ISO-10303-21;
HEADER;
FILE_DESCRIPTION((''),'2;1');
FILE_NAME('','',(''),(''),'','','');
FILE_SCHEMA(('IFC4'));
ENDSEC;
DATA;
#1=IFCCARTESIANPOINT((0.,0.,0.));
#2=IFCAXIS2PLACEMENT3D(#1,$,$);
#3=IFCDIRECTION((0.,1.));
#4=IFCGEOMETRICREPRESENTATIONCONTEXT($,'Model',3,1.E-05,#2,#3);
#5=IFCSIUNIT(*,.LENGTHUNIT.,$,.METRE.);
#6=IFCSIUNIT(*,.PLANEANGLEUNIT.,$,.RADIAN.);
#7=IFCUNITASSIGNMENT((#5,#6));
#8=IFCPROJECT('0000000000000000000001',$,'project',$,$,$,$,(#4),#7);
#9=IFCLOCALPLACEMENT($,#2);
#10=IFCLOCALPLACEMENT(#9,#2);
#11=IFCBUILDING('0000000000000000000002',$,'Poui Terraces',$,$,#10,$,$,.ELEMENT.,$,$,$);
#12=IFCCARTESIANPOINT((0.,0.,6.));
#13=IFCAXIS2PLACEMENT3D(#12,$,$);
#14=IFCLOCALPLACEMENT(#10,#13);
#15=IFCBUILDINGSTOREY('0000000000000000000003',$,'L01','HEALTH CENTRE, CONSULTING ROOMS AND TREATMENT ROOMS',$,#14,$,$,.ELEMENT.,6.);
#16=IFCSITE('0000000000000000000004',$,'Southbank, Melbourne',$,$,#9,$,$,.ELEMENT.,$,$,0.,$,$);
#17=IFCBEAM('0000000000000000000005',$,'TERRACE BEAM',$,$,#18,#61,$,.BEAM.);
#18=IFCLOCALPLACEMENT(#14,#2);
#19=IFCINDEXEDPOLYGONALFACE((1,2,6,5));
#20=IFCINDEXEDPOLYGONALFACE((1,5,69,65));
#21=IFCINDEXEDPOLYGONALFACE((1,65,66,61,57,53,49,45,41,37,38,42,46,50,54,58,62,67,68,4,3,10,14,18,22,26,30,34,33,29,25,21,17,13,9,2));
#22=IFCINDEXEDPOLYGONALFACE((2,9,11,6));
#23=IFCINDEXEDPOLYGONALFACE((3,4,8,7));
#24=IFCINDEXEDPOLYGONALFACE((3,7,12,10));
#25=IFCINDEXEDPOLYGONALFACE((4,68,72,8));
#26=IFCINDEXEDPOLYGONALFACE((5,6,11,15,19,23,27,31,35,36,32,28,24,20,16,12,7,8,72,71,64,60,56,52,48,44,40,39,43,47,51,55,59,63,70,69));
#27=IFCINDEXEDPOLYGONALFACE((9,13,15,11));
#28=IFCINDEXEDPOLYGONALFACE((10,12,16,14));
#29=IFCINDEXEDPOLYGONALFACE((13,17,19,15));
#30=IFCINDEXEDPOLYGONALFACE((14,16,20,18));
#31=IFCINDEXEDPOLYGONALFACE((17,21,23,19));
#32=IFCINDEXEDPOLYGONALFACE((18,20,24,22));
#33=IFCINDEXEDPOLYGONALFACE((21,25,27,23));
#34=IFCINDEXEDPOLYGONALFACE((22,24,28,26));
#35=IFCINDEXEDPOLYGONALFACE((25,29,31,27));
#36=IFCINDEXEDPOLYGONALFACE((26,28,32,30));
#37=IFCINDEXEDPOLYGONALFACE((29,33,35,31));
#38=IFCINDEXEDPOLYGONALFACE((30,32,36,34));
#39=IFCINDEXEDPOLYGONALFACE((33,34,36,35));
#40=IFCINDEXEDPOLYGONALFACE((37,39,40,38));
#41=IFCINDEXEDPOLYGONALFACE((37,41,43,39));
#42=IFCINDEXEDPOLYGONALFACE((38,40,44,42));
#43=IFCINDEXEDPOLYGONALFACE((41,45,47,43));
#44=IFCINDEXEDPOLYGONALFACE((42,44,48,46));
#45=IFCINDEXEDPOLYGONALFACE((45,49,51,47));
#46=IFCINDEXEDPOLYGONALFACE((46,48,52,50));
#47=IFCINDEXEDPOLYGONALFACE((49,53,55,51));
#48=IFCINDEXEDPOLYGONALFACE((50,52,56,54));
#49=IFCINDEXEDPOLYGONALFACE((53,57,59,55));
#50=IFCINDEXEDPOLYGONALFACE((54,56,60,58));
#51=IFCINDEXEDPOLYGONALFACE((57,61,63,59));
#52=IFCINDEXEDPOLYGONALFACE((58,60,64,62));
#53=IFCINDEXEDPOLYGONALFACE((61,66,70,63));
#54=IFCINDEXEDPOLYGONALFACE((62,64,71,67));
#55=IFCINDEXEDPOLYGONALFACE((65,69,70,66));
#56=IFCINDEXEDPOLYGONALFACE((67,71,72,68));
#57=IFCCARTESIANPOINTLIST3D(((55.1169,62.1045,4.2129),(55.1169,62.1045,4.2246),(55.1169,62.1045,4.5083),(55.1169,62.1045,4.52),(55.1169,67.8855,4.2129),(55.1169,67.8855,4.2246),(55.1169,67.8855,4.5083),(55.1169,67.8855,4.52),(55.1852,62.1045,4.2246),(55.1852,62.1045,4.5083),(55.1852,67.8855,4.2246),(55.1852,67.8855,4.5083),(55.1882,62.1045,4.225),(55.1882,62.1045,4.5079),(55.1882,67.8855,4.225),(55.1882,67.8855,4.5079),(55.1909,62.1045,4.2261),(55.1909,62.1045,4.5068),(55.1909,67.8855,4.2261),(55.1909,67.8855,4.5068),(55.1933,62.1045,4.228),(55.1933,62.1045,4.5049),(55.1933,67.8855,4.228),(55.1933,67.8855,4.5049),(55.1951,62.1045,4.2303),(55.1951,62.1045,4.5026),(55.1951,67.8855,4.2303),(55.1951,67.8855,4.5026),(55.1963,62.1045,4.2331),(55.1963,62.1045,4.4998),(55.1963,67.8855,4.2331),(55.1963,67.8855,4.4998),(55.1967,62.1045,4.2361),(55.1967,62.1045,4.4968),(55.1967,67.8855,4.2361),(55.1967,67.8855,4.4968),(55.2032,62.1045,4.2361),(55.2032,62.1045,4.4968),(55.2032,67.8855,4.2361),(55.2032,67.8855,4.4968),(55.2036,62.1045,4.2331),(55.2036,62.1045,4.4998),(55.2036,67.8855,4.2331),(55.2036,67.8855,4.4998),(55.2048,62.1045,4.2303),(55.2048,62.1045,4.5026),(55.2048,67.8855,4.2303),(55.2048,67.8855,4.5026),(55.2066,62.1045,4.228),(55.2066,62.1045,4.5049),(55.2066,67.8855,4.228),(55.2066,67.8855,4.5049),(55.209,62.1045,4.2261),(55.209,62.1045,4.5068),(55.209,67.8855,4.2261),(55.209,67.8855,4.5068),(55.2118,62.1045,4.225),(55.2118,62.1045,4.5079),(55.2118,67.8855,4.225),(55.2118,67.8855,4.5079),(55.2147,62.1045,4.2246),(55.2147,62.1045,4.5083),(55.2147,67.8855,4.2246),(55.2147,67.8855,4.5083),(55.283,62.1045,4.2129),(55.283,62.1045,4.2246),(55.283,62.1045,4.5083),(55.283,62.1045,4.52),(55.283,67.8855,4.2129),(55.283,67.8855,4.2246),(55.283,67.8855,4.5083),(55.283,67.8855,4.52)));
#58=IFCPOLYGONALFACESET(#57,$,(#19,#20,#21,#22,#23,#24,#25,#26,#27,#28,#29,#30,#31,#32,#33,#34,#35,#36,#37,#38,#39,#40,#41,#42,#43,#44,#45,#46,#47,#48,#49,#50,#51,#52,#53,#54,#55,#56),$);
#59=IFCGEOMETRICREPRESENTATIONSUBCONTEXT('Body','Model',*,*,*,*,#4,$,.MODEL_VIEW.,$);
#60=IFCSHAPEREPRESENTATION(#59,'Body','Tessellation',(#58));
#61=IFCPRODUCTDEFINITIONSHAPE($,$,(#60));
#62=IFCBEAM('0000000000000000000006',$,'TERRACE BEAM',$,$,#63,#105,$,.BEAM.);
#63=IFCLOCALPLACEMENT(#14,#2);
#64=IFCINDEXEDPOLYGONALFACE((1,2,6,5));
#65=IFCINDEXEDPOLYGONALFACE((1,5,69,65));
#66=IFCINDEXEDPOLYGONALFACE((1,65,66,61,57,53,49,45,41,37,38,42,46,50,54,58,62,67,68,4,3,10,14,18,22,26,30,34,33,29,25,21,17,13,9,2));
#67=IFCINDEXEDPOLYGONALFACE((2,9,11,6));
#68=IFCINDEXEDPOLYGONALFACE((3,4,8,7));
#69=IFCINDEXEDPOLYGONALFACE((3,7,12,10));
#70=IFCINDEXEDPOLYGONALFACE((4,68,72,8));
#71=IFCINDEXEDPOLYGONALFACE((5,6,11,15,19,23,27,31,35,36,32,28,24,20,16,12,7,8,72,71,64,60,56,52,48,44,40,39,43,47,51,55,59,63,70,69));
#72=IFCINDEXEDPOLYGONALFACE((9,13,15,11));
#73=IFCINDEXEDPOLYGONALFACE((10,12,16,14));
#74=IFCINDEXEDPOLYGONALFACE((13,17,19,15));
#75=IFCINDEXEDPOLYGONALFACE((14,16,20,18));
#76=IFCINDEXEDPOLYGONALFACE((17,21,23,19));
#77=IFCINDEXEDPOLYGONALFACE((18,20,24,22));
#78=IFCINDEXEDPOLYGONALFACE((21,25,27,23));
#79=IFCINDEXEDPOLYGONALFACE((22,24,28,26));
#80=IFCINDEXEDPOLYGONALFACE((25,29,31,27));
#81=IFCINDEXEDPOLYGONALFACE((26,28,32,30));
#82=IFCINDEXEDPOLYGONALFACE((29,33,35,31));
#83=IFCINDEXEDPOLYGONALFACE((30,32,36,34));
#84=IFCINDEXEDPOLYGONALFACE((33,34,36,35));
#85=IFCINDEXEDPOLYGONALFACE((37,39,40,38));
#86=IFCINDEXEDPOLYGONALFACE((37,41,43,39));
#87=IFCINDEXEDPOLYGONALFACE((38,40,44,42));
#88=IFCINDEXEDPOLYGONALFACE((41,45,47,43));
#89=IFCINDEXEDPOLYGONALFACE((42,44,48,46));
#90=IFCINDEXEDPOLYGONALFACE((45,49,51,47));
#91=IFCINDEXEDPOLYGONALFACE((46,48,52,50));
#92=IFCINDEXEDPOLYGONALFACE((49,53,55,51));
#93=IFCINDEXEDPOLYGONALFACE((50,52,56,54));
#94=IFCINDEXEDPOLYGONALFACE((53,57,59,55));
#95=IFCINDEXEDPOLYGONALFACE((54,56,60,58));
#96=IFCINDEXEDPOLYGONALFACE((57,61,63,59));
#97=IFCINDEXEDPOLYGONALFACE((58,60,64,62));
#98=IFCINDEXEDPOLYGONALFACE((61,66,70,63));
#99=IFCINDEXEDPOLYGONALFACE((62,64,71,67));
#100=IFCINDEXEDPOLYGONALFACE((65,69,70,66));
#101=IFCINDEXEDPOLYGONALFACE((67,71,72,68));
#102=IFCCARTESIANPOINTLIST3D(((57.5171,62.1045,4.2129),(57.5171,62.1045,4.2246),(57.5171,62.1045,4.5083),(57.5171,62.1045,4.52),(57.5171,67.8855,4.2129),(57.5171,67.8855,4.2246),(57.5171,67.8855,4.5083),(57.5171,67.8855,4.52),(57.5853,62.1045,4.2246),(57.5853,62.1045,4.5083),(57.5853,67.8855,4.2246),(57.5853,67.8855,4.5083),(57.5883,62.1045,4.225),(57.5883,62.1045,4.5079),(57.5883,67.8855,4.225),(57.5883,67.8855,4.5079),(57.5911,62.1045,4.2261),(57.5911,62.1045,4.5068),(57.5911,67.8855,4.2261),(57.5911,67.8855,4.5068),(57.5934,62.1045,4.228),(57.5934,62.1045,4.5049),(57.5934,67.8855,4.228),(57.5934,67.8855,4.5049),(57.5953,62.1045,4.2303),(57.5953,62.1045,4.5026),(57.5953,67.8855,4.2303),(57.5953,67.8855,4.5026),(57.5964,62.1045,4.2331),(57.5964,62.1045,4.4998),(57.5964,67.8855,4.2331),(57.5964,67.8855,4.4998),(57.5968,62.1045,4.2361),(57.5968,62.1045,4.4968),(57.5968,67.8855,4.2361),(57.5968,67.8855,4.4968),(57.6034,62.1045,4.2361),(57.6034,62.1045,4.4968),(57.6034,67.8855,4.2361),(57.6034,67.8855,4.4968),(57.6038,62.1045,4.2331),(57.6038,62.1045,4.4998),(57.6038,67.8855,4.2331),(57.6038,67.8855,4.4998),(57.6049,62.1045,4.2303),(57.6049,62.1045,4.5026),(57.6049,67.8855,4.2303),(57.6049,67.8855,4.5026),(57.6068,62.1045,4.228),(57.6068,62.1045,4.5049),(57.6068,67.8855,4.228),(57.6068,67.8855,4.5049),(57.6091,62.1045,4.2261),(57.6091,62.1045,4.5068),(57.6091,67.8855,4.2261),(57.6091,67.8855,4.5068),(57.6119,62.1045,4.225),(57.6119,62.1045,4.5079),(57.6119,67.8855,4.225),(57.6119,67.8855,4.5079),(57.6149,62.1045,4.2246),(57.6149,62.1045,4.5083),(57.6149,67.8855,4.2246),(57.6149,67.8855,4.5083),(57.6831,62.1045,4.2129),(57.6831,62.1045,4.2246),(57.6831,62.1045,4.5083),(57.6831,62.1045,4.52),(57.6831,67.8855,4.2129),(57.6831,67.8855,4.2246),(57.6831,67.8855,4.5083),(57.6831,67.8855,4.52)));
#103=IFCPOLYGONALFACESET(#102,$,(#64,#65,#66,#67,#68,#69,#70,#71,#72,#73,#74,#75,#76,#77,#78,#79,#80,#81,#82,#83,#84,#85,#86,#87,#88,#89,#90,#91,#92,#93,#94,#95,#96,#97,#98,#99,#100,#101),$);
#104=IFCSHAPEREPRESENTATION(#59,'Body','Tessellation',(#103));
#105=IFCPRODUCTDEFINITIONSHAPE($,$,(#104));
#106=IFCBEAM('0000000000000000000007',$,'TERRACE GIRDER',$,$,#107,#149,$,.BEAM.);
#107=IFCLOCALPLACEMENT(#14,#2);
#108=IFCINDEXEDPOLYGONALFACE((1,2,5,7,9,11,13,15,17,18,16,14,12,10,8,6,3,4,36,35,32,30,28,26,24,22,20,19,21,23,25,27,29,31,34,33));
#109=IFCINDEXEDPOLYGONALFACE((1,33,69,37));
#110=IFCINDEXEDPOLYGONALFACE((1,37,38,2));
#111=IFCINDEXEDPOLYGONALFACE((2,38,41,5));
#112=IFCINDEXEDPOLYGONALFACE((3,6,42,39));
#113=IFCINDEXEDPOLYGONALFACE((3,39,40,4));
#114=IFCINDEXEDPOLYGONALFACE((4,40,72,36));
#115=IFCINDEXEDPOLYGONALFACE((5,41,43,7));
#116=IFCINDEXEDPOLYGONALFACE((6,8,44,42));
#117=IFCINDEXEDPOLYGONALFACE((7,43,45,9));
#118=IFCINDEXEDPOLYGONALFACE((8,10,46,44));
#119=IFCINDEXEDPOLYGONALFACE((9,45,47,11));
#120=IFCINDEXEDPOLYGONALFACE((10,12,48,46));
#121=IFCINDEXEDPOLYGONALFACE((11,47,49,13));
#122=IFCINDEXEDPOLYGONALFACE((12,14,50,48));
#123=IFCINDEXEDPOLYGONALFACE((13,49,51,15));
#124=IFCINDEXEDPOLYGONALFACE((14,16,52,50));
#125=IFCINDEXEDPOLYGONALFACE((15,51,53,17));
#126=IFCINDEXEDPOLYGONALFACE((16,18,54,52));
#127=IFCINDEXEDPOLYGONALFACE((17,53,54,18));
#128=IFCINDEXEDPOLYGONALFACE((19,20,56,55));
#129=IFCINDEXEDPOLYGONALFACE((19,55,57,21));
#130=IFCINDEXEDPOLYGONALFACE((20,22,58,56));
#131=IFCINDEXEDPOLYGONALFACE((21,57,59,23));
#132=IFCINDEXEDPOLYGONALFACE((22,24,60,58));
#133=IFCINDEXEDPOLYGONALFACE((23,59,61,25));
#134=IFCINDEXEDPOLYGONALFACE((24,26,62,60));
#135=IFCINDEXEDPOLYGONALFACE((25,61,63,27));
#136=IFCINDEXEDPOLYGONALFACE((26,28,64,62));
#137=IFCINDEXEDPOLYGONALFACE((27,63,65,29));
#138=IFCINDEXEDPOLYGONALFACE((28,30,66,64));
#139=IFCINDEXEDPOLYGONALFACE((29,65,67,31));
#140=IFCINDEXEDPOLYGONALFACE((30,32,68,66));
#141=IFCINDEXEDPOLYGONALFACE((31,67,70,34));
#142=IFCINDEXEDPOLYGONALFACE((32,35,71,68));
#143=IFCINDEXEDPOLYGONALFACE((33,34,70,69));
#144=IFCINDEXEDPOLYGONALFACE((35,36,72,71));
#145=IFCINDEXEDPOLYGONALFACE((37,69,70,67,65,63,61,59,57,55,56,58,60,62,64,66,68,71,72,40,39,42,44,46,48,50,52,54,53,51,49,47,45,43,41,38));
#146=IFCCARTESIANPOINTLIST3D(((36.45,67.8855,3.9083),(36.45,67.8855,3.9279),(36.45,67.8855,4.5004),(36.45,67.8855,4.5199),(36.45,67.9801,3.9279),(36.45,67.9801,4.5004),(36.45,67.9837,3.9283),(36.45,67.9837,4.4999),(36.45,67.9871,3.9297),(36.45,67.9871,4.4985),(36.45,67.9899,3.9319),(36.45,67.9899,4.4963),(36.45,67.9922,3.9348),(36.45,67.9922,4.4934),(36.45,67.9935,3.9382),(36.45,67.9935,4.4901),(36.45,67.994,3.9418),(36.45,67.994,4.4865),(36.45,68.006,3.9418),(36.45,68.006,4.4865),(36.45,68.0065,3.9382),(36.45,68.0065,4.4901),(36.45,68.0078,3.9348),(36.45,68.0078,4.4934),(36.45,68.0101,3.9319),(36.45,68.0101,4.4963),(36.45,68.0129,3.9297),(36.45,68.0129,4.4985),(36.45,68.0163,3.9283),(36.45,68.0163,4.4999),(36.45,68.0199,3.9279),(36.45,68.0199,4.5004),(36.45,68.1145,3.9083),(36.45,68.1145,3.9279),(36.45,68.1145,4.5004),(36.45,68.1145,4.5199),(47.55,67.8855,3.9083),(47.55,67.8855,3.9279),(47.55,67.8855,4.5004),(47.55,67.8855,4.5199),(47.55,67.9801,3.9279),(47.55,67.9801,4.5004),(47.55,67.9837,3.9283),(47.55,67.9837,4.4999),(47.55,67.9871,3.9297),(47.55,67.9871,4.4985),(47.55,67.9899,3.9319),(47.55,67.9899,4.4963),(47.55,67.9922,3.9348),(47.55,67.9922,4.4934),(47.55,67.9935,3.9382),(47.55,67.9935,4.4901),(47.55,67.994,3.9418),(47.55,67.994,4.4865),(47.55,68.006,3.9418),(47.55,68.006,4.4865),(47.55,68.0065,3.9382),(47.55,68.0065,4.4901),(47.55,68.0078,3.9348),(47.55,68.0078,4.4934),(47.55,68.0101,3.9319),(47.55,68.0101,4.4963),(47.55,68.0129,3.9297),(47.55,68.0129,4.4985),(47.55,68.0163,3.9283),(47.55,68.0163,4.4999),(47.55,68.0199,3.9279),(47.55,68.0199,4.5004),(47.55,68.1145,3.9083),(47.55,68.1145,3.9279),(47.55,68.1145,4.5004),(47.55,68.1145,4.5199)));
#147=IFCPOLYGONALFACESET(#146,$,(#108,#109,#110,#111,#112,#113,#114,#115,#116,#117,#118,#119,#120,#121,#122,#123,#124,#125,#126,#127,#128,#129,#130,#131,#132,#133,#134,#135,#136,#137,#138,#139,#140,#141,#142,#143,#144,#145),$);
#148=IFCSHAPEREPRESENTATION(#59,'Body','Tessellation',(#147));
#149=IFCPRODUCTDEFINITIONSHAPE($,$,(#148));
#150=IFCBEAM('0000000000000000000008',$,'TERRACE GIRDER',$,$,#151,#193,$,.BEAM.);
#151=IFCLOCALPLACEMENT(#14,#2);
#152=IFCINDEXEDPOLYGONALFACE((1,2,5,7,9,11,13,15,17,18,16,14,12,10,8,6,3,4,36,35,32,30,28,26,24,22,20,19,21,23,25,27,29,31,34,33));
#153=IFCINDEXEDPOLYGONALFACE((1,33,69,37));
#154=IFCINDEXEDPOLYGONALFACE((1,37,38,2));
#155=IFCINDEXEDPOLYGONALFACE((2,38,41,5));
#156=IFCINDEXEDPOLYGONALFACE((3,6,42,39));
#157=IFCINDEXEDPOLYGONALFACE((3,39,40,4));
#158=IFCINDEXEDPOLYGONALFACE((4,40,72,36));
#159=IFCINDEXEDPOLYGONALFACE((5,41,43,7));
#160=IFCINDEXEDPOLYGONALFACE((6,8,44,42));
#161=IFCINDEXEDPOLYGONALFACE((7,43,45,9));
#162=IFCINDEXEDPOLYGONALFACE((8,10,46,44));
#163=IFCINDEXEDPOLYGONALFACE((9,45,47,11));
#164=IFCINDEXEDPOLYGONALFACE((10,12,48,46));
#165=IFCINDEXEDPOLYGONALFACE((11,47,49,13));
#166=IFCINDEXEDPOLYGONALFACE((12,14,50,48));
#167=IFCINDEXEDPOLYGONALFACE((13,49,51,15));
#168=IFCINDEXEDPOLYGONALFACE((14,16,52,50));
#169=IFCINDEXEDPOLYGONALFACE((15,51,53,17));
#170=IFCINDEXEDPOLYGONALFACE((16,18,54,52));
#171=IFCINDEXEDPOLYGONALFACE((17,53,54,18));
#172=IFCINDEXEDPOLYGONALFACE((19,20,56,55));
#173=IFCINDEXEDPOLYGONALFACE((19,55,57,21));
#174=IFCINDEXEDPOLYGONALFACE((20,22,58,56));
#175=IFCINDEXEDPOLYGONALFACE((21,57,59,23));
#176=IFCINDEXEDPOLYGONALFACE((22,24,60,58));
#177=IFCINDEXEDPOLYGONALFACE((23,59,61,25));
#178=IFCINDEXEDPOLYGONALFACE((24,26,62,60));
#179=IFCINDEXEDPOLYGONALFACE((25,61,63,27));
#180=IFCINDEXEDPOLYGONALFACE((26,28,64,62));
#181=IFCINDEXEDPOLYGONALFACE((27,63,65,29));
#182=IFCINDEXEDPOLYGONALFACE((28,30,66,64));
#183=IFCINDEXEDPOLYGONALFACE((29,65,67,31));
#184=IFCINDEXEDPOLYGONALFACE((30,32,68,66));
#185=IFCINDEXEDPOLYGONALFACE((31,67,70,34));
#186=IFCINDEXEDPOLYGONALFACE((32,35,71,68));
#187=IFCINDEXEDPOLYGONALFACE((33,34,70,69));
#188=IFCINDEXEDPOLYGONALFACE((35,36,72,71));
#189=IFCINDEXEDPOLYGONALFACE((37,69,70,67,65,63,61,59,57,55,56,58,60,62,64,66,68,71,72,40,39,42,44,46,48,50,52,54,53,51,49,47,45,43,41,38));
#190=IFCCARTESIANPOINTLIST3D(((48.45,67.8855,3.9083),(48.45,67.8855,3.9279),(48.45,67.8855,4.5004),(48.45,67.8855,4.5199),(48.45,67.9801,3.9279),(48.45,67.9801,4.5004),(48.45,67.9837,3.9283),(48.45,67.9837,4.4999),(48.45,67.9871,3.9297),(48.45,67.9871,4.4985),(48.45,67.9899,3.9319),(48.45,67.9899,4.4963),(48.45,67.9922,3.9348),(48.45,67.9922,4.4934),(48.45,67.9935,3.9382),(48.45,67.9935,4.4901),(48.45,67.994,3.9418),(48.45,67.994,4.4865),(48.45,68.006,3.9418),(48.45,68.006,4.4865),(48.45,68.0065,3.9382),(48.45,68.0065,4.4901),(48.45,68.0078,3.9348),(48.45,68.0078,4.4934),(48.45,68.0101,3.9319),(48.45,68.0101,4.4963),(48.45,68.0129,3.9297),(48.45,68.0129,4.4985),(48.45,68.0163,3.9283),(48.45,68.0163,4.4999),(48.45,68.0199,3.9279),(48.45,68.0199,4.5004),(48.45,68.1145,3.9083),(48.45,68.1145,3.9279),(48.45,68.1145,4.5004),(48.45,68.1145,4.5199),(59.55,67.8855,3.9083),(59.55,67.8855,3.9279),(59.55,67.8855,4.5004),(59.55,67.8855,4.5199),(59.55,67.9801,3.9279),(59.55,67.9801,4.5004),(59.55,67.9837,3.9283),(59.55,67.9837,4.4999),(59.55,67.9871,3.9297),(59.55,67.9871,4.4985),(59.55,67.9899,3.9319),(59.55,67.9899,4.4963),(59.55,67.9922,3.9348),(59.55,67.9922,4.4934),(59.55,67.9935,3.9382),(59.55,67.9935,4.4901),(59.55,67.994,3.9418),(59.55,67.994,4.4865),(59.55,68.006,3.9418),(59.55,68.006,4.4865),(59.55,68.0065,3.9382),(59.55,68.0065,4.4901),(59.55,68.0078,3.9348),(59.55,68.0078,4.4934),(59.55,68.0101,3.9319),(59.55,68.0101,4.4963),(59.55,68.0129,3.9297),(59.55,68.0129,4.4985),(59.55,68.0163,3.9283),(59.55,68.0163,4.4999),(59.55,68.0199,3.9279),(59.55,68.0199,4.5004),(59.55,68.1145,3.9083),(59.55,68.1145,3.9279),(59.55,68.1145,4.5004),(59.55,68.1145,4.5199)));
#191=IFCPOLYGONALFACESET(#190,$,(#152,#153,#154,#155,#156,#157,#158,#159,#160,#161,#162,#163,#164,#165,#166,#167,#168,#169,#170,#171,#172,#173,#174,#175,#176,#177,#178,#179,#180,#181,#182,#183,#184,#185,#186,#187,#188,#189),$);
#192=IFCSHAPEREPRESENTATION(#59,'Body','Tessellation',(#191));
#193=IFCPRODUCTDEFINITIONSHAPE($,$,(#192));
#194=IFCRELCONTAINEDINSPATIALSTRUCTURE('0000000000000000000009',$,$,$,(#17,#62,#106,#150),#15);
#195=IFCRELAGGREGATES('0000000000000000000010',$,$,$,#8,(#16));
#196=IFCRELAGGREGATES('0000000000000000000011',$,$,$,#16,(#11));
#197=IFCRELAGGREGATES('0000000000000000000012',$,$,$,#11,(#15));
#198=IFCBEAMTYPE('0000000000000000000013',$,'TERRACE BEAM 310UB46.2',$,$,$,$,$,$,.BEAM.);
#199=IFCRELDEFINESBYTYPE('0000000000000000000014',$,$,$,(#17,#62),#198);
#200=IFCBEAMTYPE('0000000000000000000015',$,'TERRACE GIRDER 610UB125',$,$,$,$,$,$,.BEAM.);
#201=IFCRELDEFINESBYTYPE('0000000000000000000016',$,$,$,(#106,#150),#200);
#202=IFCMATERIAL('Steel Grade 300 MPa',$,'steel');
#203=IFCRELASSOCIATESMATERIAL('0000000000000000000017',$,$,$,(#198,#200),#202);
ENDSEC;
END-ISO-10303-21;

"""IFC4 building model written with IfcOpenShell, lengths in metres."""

from ifc_helpers import new_model, si_unit, direction, frame, origin, origin_2d, place, context, subcontext, project, spatial, i_section, extrude, source, transform, mapped, material, material_profile, profile_set, type_object, element, save


model = new_model("IFC4")

# Units and contexts
model_context = context("Model", 3, precision=1e-05, world=origin(), true_north=direction((0.0, 1.0)))
body_context = subcontext(model_context, "Body", "Model", "MODEL_VIEW")
ifc_project = project(units=[si_unit("LENGTHUNIT", "METRE"), si_unit("PLANEANGLEUNIT", "RADIAN")], contexts=[model_context])

# Site, building, storey
site_placement = place(None, origin())
site = spatial("IfcSite", under=ifc_project, at=site_placement, Name="Southbank, Melbourne", CompositionType="ELEMENT", RefElevation=0.0)
building_placement = place(site_placement, origin())
building = spatial("IfcBuilding", under=site, at=building_placement, Name="Poui Terraces", CompositionType="ELEMENT")
storey_placement = place(building_placement, frame((0.0, 0.0, 6.0)))
storey = spatial("IfcBuildingStorey", under=building, at=storey_placement, Name="L01", Description="HEALTH CENTRE, CONSULTING ROOMS AND TREATMENT ROOMS", CompositionType="ELEMENT", Elevation=6.0)

# Beams
ifc_material_1 = material(Name="Steel Grade 300 MPa", Category="steel")
ifc_material_profile_1 = material_profile(ifc_material_1, i_section(OverallWidth=0.166, OverallDepth=0.3071, WebThickness=0.0066, FlangeThickness=0.0117, FilletRadius=0.0115, at=origin_2d()), Name="310UB46.2")
ifc_profile_set_1 = profile_set([ifc_material_profile_1], Name="Steel Grade 300 MPa")
beam_type_1 = type_object("IfcBeamType", Name="TERRACE BEAM 310UB46.2", PredefinedType="BEAM", material=ifc_profile_set_1)
shared_shape_1 = source(origin(), body_context, "Body", "SweptSolid", [
    extrude(i_section(OverallWidth=0.166, OverallDepth=0.3071, WebThickness=0.0066, FlangeThickness=0.0117, FilletRadius=0.0115, at=origin_2d()), origin(), (0.0, 0.0, 1.0), 5.781),
])
for number, where, z_axis, x_axis, name in (
    (1, (55.2, 62.1045, 4.3665), (0.0, 1.0, 0.0), (-1.0, 0.0, 0.0), "TERRACE BEAM"),
    (2, (57.6001, 62.1045, 4.3665), (0.0, 1.0, 0.0), (-1.0, 0.0, 0.0), "TERRACE BEAM"),
):
    element("IfcBeam", number, at=place(storey_placement, frame(where, z_axis=z_axis, x_axis=x_axis)), inside=storey, type_object=beam_type_1, Name=name, PredefinedType="BEAM", context=body_context, shape_type="MappedRepresentation", body=[
        mapped(shared_shape_1, transform((0.0, 0.0, 0.0))),
    ])
ifc_material_profile_2 = material_profile(ifc_material_1, i_section(OverallWidth=0.229, OverallDepth=0.6116, WebThickness=0.012, FlangeThickness=0.0195, FilletRadius=0.0139, at=origin_2d()), Name="610UB125")
ifc_profile_set_2 = profile_set([ifc_material_profile_2], Name="Steel Grade 300 MPa")
beam_type_2 = type_object("IfcBeamType", Name="TERRACE GIRDER 610UB125", PredefinedType="BEAM", material=ifc_profile_set_2)
shared_shape_2 = source(origin(), body_context, "Body", "SweptSolid", [
    extrude(i_section(OverallWidth=0.229, OverallDepth=0.6116, WebThickness=0.012, FlangeThickness=0.0195, FilletRadius=0.0139, at=origin_2d()), origin(), (0.0, 0.0, 1.0), 11.1001),
])
for number, where, z_axis, x_axis, name in (
    (3, (36.45, 68.0, 4.2141), (1.0, 0.0, 0.0), (0.0, 1.0, 0.0), "TERRACE GIRDER"),
    (4, (48.45, 68.0, 4.2141), (1.0, 0.0, 0.0), (0.0, 1.0, 0.0), "TERRACE GIRDER"),
):
    element("IfcBeam", number, at=place(storey_placement, frame(where, z_axis=z_axis, x_axis=x_axis)), inside=storey, type_object=beam_type_2, Name=name, PredefinedType="BEAM", context=body_context, shape_type="MappedRepresentation", body=[
        mapped(shared_shape_2, transform((0.0, 0.0, 0.0))),
    ])

save(model, "model.ifc")
